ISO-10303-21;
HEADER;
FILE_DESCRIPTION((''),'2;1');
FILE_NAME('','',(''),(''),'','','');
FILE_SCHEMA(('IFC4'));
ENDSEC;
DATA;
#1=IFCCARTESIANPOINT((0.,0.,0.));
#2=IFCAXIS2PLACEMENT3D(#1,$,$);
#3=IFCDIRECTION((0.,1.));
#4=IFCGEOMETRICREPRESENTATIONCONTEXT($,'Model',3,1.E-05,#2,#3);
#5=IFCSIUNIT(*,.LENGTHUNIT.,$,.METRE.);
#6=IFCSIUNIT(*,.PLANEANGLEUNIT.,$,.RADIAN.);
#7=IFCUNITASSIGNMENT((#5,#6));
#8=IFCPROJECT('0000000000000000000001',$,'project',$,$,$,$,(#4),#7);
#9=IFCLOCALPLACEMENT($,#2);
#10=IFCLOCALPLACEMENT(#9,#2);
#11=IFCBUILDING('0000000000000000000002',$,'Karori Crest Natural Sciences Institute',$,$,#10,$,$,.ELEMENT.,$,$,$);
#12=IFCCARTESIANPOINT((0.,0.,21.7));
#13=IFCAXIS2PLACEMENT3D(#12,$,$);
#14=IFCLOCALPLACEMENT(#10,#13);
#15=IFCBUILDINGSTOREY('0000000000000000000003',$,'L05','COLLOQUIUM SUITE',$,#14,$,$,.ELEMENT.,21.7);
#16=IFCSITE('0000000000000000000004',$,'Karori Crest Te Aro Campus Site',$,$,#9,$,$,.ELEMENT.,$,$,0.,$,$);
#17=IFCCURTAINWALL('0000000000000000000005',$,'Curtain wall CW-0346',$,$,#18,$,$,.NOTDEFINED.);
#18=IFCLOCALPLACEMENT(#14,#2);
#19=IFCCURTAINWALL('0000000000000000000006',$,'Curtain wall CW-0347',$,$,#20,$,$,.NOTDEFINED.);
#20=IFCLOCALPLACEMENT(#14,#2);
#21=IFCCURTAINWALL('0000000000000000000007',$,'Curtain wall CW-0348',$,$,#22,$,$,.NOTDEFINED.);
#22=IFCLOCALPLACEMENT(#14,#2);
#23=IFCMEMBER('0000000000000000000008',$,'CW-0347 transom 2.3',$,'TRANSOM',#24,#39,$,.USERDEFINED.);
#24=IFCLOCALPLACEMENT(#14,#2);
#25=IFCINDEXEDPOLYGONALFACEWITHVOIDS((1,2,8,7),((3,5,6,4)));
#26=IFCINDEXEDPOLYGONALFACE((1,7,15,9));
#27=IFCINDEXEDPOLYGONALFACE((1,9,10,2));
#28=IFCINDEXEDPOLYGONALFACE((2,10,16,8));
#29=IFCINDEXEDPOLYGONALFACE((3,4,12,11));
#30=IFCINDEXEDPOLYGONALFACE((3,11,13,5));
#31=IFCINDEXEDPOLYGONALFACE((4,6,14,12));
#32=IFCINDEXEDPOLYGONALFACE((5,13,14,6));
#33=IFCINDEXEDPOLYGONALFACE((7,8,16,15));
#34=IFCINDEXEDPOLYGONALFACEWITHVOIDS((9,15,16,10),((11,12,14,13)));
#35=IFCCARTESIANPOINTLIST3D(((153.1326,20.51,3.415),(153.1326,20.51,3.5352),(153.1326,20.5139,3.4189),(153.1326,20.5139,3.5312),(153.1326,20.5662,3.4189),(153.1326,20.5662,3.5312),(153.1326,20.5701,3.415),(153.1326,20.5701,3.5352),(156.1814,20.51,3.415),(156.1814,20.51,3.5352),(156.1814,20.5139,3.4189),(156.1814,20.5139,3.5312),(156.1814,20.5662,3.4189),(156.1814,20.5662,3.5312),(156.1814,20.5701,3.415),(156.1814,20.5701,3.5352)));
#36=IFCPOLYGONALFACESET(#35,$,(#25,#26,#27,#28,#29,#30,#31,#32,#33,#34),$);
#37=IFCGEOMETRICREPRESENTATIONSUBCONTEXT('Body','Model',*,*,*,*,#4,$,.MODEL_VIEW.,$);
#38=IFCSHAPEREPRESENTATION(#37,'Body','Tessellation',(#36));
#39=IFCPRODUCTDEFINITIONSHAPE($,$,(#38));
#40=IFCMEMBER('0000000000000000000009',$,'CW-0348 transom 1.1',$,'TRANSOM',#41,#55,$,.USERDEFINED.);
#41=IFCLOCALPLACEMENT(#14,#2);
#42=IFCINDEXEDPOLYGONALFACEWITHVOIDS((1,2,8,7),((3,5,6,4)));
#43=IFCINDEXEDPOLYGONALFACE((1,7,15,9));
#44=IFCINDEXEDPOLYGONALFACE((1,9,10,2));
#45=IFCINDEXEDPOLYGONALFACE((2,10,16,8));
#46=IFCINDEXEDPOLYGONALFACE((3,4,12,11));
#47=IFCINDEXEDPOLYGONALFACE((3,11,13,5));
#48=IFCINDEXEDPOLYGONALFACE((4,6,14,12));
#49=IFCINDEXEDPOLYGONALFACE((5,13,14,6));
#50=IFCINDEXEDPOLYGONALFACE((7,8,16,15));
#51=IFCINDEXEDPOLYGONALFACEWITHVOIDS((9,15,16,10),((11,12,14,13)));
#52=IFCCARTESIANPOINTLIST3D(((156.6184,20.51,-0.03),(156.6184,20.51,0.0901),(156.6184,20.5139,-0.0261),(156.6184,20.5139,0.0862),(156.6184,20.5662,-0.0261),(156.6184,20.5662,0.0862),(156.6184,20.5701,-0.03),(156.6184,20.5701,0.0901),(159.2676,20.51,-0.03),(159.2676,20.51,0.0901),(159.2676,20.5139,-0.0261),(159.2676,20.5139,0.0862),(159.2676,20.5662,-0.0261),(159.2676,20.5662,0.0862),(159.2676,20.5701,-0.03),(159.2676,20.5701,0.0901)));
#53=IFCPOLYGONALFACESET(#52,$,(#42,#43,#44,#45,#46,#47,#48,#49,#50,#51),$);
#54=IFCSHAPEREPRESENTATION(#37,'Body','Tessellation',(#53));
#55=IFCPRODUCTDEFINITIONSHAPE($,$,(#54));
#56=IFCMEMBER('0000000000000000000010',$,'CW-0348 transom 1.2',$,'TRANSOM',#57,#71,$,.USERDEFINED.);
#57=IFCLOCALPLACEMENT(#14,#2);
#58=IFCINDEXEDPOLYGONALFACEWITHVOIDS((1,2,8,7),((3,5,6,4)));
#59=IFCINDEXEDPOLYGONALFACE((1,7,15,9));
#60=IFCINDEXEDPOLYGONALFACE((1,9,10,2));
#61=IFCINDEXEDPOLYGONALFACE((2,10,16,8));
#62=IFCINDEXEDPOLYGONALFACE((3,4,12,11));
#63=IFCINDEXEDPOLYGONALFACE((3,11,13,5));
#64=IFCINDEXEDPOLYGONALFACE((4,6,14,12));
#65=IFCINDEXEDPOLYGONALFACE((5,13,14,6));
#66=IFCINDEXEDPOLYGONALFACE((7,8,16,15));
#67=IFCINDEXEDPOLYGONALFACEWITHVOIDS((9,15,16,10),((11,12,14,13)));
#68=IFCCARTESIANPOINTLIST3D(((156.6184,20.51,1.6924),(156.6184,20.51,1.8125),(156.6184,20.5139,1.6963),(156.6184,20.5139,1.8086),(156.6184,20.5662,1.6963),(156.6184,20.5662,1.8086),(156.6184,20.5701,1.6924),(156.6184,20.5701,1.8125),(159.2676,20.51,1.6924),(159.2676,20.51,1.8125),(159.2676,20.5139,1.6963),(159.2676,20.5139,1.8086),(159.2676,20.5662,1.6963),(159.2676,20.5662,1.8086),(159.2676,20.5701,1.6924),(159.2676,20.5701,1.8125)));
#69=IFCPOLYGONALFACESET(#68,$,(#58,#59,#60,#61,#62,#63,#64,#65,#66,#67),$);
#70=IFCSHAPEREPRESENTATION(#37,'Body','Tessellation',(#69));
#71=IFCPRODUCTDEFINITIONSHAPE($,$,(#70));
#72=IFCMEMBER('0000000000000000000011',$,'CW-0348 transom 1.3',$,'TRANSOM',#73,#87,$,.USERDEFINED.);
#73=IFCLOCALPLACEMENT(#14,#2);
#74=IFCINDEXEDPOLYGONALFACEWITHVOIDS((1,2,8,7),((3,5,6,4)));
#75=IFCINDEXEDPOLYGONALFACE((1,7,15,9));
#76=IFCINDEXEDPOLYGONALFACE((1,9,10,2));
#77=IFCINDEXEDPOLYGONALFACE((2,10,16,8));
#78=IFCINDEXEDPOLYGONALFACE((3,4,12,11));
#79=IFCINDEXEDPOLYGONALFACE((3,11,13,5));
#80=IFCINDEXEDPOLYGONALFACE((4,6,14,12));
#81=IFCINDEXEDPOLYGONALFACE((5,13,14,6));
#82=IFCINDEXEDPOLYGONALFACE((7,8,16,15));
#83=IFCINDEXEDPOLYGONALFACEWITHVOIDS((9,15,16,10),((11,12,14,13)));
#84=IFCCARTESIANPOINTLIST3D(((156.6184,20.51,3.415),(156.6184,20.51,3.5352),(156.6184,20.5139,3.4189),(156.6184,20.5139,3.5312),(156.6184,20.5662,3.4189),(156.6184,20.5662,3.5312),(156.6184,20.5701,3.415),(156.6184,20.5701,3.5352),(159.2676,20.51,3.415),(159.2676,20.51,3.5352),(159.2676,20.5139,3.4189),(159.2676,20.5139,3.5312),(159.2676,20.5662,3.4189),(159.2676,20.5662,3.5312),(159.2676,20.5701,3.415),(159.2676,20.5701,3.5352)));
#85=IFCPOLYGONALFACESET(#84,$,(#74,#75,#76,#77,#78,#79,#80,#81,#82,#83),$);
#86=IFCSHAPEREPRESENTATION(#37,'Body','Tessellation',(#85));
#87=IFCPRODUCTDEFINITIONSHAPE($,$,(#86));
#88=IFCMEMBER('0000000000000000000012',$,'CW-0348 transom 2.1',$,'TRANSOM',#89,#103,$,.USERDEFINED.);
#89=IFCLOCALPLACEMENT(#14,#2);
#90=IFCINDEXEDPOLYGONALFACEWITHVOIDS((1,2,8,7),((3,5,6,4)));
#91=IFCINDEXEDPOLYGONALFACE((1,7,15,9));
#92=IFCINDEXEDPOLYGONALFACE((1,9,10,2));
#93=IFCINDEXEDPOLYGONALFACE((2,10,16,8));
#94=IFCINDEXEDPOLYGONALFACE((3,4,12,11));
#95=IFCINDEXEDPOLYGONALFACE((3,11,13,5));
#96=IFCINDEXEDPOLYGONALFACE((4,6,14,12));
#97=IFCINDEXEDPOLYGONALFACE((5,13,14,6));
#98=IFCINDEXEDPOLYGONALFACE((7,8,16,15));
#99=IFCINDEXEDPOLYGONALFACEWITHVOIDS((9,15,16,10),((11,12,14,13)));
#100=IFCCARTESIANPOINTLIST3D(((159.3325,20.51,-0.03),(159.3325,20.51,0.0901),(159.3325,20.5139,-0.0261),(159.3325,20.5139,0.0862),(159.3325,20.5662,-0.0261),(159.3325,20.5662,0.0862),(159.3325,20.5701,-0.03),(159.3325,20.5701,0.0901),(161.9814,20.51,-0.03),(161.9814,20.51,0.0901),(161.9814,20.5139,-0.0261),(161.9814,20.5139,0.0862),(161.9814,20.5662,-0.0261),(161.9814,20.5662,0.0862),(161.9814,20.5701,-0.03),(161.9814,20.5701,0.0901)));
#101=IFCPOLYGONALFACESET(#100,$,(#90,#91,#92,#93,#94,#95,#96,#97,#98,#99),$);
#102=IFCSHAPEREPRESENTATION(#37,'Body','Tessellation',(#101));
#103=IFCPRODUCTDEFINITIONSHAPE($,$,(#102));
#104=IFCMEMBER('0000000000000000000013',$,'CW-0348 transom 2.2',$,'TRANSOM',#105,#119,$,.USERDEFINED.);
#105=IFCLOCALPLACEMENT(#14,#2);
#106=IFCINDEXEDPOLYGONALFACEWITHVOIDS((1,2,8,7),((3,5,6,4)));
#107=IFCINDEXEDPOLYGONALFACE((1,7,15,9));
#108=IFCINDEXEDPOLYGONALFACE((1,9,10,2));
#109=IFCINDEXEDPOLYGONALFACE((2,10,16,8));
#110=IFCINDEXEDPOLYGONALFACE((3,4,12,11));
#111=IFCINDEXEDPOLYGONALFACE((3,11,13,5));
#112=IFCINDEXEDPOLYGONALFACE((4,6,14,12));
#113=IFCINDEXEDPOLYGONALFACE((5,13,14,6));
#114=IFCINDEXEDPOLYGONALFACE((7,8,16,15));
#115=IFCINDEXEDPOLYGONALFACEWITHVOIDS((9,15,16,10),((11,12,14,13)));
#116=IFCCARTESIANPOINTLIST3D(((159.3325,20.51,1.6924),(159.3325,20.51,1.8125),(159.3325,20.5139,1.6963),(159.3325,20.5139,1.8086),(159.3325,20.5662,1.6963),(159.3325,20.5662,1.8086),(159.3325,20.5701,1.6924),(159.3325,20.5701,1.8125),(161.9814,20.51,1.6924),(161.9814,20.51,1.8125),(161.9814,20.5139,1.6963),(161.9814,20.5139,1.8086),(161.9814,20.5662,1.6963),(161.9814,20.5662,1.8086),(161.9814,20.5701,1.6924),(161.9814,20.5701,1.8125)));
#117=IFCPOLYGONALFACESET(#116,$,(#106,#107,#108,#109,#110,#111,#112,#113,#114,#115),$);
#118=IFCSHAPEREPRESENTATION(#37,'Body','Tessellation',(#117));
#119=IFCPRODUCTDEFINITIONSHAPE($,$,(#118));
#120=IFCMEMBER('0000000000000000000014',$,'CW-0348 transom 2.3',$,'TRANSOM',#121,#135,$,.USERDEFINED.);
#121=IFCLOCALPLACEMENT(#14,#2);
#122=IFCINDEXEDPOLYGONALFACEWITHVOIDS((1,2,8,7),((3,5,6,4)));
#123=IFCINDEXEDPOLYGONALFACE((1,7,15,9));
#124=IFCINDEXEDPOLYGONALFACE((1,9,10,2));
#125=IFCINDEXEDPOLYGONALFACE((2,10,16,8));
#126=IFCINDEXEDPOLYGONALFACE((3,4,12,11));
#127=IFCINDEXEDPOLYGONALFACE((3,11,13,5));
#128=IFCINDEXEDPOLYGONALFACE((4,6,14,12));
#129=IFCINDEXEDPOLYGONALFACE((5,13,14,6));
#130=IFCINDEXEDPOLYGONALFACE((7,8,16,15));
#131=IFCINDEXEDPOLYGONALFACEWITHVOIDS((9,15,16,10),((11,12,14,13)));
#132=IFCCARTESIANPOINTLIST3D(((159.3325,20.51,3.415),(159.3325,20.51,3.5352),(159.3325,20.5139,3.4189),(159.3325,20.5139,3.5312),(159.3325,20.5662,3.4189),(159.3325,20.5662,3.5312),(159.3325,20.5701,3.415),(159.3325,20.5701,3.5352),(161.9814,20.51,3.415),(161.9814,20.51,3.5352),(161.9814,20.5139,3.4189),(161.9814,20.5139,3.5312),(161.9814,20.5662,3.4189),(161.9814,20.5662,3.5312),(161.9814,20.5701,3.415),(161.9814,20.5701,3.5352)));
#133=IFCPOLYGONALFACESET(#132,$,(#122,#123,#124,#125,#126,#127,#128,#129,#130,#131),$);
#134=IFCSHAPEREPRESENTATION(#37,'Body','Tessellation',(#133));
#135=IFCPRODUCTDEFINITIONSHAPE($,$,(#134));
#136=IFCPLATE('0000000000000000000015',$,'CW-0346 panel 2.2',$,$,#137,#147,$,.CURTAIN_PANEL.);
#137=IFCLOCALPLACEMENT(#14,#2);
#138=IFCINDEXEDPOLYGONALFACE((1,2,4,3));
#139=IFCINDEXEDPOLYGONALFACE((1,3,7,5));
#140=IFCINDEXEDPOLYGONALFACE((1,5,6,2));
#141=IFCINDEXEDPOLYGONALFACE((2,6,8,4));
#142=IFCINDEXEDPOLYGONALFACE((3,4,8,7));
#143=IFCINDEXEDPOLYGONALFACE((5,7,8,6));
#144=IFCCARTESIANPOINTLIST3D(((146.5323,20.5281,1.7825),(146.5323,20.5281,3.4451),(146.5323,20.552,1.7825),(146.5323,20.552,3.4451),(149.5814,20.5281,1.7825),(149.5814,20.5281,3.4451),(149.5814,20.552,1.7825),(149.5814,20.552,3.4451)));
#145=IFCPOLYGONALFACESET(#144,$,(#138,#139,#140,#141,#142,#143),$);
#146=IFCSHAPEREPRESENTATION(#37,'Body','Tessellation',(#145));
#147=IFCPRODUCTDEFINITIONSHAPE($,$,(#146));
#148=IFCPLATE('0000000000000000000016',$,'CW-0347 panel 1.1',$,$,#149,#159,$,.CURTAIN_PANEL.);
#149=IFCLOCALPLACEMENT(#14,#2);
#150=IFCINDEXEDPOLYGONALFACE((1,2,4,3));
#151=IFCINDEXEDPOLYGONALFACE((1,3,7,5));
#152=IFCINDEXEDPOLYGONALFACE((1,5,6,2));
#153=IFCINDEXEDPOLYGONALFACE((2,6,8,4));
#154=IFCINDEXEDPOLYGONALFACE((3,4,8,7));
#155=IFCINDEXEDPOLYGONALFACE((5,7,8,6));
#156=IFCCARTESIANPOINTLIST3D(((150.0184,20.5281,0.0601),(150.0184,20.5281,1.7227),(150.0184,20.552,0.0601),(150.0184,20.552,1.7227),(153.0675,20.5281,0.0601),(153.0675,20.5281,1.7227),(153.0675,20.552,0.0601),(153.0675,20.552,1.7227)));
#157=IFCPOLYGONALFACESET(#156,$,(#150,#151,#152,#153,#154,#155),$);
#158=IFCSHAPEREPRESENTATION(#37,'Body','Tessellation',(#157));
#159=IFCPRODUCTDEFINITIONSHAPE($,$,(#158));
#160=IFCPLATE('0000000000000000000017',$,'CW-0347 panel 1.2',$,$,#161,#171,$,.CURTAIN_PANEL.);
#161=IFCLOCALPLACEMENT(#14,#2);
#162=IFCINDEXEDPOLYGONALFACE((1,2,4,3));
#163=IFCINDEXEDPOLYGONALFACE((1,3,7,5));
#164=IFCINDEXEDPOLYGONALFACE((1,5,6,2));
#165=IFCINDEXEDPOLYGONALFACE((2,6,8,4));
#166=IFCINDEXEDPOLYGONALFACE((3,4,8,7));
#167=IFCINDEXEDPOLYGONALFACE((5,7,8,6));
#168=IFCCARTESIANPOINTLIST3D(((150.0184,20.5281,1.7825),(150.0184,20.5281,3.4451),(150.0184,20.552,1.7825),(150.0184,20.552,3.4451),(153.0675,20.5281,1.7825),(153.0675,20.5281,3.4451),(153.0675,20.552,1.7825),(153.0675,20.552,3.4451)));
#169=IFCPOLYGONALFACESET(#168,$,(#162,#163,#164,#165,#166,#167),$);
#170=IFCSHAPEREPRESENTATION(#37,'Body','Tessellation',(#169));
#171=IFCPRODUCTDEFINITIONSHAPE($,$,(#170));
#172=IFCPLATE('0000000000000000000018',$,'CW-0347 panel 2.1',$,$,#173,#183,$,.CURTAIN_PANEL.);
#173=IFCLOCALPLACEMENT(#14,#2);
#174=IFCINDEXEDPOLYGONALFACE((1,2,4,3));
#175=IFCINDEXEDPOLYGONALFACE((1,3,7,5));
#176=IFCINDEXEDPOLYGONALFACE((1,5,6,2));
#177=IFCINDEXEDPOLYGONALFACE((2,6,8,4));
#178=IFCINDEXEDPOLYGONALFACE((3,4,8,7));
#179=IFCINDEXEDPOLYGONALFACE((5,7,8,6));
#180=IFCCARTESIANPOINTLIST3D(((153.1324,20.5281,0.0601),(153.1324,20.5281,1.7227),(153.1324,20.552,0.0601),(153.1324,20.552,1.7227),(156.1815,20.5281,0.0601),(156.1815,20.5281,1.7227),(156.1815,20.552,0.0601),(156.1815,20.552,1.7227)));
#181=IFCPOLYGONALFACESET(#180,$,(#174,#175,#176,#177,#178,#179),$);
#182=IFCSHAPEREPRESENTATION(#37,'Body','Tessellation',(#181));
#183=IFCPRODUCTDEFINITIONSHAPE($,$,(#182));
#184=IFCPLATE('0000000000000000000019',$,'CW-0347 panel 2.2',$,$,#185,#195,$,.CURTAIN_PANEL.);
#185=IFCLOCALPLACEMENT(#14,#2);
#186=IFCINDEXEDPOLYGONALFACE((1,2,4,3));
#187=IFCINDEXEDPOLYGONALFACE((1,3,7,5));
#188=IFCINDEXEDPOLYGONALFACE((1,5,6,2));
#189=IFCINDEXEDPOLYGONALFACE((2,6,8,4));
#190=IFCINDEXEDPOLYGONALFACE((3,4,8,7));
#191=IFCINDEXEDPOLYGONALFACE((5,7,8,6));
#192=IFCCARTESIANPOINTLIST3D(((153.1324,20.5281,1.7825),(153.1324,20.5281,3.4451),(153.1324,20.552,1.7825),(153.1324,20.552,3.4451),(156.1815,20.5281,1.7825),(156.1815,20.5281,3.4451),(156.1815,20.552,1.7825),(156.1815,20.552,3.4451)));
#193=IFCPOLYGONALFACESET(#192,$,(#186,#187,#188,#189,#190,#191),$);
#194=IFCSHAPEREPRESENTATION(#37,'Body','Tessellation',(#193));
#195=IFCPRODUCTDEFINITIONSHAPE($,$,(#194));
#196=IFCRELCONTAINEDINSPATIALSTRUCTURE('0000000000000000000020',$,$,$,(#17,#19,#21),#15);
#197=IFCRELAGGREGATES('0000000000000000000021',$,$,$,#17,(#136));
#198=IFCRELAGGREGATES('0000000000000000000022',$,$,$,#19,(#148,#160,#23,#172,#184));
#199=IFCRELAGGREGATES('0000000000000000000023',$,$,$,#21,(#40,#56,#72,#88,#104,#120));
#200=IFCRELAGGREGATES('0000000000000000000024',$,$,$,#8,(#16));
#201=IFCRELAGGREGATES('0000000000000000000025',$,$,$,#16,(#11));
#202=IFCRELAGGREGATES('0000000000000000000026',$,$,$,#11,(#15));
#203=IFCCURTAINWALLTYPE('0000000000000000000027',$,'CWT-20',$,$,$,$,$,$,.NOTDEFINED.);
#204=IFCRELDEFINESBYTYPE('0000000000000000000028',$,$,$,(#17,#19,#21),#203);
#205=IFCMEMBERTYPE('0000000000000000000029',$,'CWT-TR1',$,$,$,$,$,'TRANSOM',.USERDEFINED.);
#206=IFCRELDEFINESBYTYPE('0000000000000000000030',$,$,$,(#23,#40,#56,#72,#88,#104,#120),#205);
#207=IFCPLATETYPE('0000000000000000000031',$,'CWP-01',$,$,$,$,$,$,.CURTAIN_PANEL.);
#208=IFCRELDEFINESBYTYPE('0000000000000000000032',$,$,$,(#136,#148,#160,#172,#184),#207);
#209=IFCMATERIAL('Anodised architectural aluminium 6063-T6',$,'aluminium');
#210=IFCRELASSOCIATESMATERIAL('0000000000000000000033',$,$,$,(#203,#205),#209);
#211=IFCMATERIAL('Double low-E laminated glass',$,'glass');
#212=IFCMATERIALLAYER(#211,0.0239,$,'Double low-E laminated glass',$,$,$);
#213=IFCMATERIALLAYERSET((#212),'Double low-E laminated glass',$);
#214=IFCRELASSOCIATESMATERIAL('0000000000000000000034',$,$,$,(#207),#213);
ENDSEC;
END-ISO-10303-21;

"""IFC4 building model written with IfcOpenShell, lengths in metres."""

from ifc_helpers import new_model, si_unit, direction, frame, origin, origin_2d, place, context, subcontext, project, spatial, rectangle, hollow_rectangle, extrude, material, layer, layer_set, material_profile, profile_set, type_object, element, aggregate, save


model = new_model("IFC4")

# Units and contexts
model_context = context("Model", 3, precision=1e-05, world=origin(), true_north=direction((0.0, 1.0)))
body_context = subcontext(model_context, "Body", "Model", "MODEL_VIEW")
ifc_project = project(units=[si_unit("LENGTHUNIT", "METRE"), si_unit("PLANEANGLEUNIT", "RADIAN")], contexts=[model_context])

# Site, building, storey
site_placement = place(None, origin())
site = spatial("IfcSite", under=ifc_project, at=site_placement, Name="Karori Crest Te Aro Campus Site", CompositionType="ELEMENT", RefElevation=0.0)
building_placement = place(site_placement, origin())
building = spatial("IfcBuilding", under=site, at=building_placement, Name="Karori Crest Natural Sciences Institute", CompositionType="ELEMENT")
storey_placement = place(building_placement, frame((0.0, 0.0, 21.7)))
storey = spatial("IfcBuildingStorey", under=building, at=storey_placement, Name="L05", Description="COLLOQUIUM SUITE", CompositionType="ELEMENT", Elevation=21.7)

# Curtain wall
ifc_material_1 = material(Name="Anodised architectural aluminium 6063-T6", Category="aluminium")
curtain_wall_type = type_object("IfcCurtainWallType", Name="CWT-20", PredefinedType="NOTDEFINED", material=ifc_material_1)
curtain_wall_1_placement = place(storey_placement, origin())
curtain_wall_1 = element("IfcCurtainWall", 1, at=curtain_wall_1_placement, inside=storey, type_object=curtain_wall_type, Name="Curtain wall CW-0346", PredefinedType="NOTDEFINED")

# Curtain walls
curtain_wall_2_placement = place(storey_placement, origin())
curtain_wall_2 = element("IfcCurtainWall", 2, at=curtain_wall_2_placement, inside=storey, type_object=curtain_wall_type, Name="Curtain wall CW-0347", PredefinedType="NOTDEFINED")
curtain_wall_3_placement = place(storey_placement, origin())
curtain_wall_3 = element("IfcCurtainWall", 3, at=curtain_wall_3_placement, inside=storey, type_object=curtain_wall_type, Name="Curtain wall CW-0348", PredefinedType="NOTDEFINED")

# Members
ifc_material_profile_1 = material_profile(ifc_material_1, hollow_rectangle(XDim=0.0601, YDim=0.1201, WallThickness=0.0039, at=origin_2d()), Name="CWT120x60x4")
ifc_profile_set_1 = profile_set([ifc_material_profile_1], Name="Anodised architectural aluminium 6063-T6")
member_type_1 = type_object("IfcMemberType", Name="CWT-TR1", ElementType="TRANSOM", PredefinedType="USERDEFINED", material=ifc_profile_set_1)
member_1_placement = place(storey_placement, frame((153.1326, 20.54, 3.4751), z_axis=(1.0, 0.0, 0.0), x_axis=(0.0, 1.0, 0.0)))
member_1 = element("IfcMember", 4, at=member_1_placement, type_object=member_type_1, Name="CW-0347 transom 2.3", ObjectType="TRANSOM", PredefinedType="USERDEFINED", context=body_context, shape_type="SweptSolid", body=[
    extrude(hollow_rectangle(XDim=0.0601, YDim=0.1201, WallThickness=0.0039, at=origin_2d()), origin(), (0.0, 0.0, 1.0), 3.0488),
])
member_2_placement = place(storey_placement, frame((156.6184, 20.54, 0.03), z_axis=(1.0, 0.0, 0.0), x_axis=(0.0, 1.0, 0.0)))
member_2 = element("IfcMember", 5, at=member_2_placement, type_object=member_type_1, Name="CW-0348 transom 1.1", ObjectType="TRANSOM", PredefinedType="USERDEFINED", context=body_context, shape_type="SweptSolid", body=[
    extrude(hollow_rectangle(XDim=0.0601, YDim=0.1201, WallThickness=0.0039, at=origin_2d()), origin(), (0.0, 0.0, 1.0), 2.6492),
])
member_3_placement = place(storey_placement, frame((156.6184, 20.54, 1.7524), z_axis=(1.0, 0.0, 0.0), x_axis=(0.0, 1.0, 0.0)))
member_3 = element("IfcMember", 6, at=member_3_placement, type_object=member_type_1, Name="CW-0348 transom 1.2", ObjectType="TRANSOM", PredefinedType="USERDEFINED", context=body_context, shape_type="SweptSolid", body=[
    extrude(hollow_rectangle(XDim=0.0601, YDim=0.1201, WallThickness=0.0039, at=origin_2d()), origin(), (0.0, 0.0, 1.0), 2.6492),
])
member_4_placement = place(storey_placement, frame((156.6184, 20.54, 3.4751), z_axis=(1.0, 0.0, 0.0), x_axis=(0.0, 1.0, 0.0)))
member_4 = element("IfcMember", 7, at=member_4_placement, type_object=member_type_1, Name="CW-0348 transom 1.3", ObjectType="TRANSOM", PredefinedType="USERDEFINED", context=body_context, shape_type="SweptSolid", body=[
    extrude(hollow_rectangle(XDim=0.0601, YDim=0.1201, WallThickness=0.0039, at=origin_2d()), origin(), (0.0, 0.0, 1.0), 2.6492),
])
member_5_placement = place(storey_placement, frame((159.3325, 20.54, 0.03), z_axis=(1.0, 0.0, 0.0), x_axis=(0.0, 1.0, 0.0)))
member_5 = element("IfcMember", 8, at=member_5_placement, type_object=member_type_1, Name="CW-0348 transom 2.1", ObjectType="TRANSOM", PredefinedType="USERDEFINED", context=body_context, shape_type="SweptSolid", body=[
    extrude(hollow_rectangle(XDim=0.0601, YDim=0.1201, WallThickness=0.0039, at=origin_2d()), origin(), (0.0, 0.0, 1.0), 2.6489),
])
member_6_placement = place(storey_placement, frame((159.3325, 20.54, 1.7524), z_axis=(1.0, 0.0, 0.0), x_axis=(0.0, 1.0, 0.0)))
member_6 = element("IfcMember", 9, at=member_6_placement, type_object=member_type_1, Name="CW-0348 transom 2.2", ObjectType="TRANSOM", PredefinedType="USERDEFINED", context=body_context, shape_type="SweptSolid", body=[
    extrude(hollow_rectangle(XDim=0.0601, YDim=0.1201, WallThickness=0.0039, at=origin_2d()), origin(), (0.0, 0.0, 1.0), 2.6489),
])
member_7_placement = place(storey_placement, frame((159.3325, 20.54, 3.4751), z_axis=(1.0, 0.0, 0.0), x_axis=(0.0, 1.0, 0.0)))
member_7 = element("IfcMember", 10, at=member_7_placement, type_object=member_type_1, Name="CW-0348 transom 2.3", ObjectType="TRANSOM", PredefinedType="USERDEFINED", context=body_context, shape_type="SweptSolid", body=[
    extrude(hollow_rectangle(XDim=0.0601, YDim=0.1201, WallThickness=0.0039, at=origin_2d()), origin(), (0.0, 0.0, 1.0), 2.6489),
])

# Plates
ifc_material_2 = material(Name="Double low-E laminated glass", Category="glass")
ifc_layer = layer(ifc_material_2, 0.0239, Name="Double low-E laminated glass")
ifc_layer_set = layer_set([ifc_layer], Name="Double low-E laminated glass")
plate_type = type_object("IfcPlateType", Name="CWP-01", PredefinedType="CURTAIN_PANEL", material=ifc_layer_set)
plate_1_placement = place(storey_placement, frame((148.0569, 20.54, 1.7825), z_axis=(0.0, 0.0, 1.0), x_axis=(1.0, 0.0, 0.0)))
plate_1 = element("IfcPlate", 11, at=plate_1_placement, type_object=plate_type, Name="CW-0346 panel 2.2", PredefinedType="CURTAIN_PANEL", context=body_context, shape_type="SweptSolid", body=[
    extrude(rectangle(XDim=3.0491, YDim=0.0239, at=origin_2d()), origin(), (0.0, 0.0, 1.0), 1.6626),
])
aggregate(curtain_wall_1, [plate_1])
plate_2_placement = place(storey_placement, frame((151.543, 20.54, 0.0601), z_axis=(0.0, 0.0, 1.0), x_axis=(1.0, 0.0, 0.0)))
plate_2 = element("IfcPlate", 12, at=plate_2_placement, type_object=plate_type, Name="CW-0347 panel 1.1", PredefinedType="CURTAIN_PANEL", context=body_context, shape_type="SweptSolid", body=[
    extrude(rectangle(XDim=3.0491, YDim=0.0239, at=origin_2d()), origin(), (0.0, 0.0, 1.0), 1.6626),
])
plate_3_placement = place(storey_placement, frame((151.543, 20.54, 1.7825), z_axis=(0.0, 0.0, 1.0), x_axis=(1.0, 0.0, 0.0)))
plate_3 = element("IfcPlate", 13, at=plate_3_placement, type_object=plate_type, Name="CW-0347 panel 1.2", PredefinedType="CURTAIN_PANEL", context=body_context, shape_type="SweptSolid", body=[
    extrude(rectangle(XDim=3.0491, YDim=0.0239, at=origin_2d()), origin(), (0.0, 0.0, 1.0), 1.6626),
])
plate_4_placement = place(storey_placement, frame((154.657, 20.54, 0.0601), z_axis=(0.0, 0.0, 1.0), x_axis=(1.0, 0.0, 0.0)))
plate_4 = element("IfcPlate", 14, at=plate_4_placement, type_object=plate_type, Name="CW-0347 panel 2.1", PredefinedType="CURTAIN_PANEL", context=body_context, shape_type="SweptSolid", body=[
    extrude(rectangle(XDim=3.0491, YDim=0.0239, at=origin_2d()), origin(), (0.0, 0.0, 1.0), 1.6626),
])
plate_5_placement = place(storey_placement, frame((154.657, 20.54, 1.7825), z_axis=(0.0, 0.0, 1.0), x_axis=(1.0, 0.0, 0.0)))
plate_5 = element("IfcPlate", 15, at=plate_5_placement, type_object=plate_type, Name="CW-0347 panel 2.2", PredefinedType="CURTAIN_PANEL", context=body_context, shape_type="SweptSolid", body=[
    extrude(rectangle(XDim=3.0491, YDim=0.0239, at=origin_2d()), origin(), (0.0, 0.0, 1.0), 1.6626),
])
aggregate(curtain_wall_2, [plate_2, plate_3, member_1, plate_4, plate_5])
aggregate(curtain_wall_3, [member_2, member_3, member_4, member_5, member_6, member_7])

save(model, "model.ifc")
